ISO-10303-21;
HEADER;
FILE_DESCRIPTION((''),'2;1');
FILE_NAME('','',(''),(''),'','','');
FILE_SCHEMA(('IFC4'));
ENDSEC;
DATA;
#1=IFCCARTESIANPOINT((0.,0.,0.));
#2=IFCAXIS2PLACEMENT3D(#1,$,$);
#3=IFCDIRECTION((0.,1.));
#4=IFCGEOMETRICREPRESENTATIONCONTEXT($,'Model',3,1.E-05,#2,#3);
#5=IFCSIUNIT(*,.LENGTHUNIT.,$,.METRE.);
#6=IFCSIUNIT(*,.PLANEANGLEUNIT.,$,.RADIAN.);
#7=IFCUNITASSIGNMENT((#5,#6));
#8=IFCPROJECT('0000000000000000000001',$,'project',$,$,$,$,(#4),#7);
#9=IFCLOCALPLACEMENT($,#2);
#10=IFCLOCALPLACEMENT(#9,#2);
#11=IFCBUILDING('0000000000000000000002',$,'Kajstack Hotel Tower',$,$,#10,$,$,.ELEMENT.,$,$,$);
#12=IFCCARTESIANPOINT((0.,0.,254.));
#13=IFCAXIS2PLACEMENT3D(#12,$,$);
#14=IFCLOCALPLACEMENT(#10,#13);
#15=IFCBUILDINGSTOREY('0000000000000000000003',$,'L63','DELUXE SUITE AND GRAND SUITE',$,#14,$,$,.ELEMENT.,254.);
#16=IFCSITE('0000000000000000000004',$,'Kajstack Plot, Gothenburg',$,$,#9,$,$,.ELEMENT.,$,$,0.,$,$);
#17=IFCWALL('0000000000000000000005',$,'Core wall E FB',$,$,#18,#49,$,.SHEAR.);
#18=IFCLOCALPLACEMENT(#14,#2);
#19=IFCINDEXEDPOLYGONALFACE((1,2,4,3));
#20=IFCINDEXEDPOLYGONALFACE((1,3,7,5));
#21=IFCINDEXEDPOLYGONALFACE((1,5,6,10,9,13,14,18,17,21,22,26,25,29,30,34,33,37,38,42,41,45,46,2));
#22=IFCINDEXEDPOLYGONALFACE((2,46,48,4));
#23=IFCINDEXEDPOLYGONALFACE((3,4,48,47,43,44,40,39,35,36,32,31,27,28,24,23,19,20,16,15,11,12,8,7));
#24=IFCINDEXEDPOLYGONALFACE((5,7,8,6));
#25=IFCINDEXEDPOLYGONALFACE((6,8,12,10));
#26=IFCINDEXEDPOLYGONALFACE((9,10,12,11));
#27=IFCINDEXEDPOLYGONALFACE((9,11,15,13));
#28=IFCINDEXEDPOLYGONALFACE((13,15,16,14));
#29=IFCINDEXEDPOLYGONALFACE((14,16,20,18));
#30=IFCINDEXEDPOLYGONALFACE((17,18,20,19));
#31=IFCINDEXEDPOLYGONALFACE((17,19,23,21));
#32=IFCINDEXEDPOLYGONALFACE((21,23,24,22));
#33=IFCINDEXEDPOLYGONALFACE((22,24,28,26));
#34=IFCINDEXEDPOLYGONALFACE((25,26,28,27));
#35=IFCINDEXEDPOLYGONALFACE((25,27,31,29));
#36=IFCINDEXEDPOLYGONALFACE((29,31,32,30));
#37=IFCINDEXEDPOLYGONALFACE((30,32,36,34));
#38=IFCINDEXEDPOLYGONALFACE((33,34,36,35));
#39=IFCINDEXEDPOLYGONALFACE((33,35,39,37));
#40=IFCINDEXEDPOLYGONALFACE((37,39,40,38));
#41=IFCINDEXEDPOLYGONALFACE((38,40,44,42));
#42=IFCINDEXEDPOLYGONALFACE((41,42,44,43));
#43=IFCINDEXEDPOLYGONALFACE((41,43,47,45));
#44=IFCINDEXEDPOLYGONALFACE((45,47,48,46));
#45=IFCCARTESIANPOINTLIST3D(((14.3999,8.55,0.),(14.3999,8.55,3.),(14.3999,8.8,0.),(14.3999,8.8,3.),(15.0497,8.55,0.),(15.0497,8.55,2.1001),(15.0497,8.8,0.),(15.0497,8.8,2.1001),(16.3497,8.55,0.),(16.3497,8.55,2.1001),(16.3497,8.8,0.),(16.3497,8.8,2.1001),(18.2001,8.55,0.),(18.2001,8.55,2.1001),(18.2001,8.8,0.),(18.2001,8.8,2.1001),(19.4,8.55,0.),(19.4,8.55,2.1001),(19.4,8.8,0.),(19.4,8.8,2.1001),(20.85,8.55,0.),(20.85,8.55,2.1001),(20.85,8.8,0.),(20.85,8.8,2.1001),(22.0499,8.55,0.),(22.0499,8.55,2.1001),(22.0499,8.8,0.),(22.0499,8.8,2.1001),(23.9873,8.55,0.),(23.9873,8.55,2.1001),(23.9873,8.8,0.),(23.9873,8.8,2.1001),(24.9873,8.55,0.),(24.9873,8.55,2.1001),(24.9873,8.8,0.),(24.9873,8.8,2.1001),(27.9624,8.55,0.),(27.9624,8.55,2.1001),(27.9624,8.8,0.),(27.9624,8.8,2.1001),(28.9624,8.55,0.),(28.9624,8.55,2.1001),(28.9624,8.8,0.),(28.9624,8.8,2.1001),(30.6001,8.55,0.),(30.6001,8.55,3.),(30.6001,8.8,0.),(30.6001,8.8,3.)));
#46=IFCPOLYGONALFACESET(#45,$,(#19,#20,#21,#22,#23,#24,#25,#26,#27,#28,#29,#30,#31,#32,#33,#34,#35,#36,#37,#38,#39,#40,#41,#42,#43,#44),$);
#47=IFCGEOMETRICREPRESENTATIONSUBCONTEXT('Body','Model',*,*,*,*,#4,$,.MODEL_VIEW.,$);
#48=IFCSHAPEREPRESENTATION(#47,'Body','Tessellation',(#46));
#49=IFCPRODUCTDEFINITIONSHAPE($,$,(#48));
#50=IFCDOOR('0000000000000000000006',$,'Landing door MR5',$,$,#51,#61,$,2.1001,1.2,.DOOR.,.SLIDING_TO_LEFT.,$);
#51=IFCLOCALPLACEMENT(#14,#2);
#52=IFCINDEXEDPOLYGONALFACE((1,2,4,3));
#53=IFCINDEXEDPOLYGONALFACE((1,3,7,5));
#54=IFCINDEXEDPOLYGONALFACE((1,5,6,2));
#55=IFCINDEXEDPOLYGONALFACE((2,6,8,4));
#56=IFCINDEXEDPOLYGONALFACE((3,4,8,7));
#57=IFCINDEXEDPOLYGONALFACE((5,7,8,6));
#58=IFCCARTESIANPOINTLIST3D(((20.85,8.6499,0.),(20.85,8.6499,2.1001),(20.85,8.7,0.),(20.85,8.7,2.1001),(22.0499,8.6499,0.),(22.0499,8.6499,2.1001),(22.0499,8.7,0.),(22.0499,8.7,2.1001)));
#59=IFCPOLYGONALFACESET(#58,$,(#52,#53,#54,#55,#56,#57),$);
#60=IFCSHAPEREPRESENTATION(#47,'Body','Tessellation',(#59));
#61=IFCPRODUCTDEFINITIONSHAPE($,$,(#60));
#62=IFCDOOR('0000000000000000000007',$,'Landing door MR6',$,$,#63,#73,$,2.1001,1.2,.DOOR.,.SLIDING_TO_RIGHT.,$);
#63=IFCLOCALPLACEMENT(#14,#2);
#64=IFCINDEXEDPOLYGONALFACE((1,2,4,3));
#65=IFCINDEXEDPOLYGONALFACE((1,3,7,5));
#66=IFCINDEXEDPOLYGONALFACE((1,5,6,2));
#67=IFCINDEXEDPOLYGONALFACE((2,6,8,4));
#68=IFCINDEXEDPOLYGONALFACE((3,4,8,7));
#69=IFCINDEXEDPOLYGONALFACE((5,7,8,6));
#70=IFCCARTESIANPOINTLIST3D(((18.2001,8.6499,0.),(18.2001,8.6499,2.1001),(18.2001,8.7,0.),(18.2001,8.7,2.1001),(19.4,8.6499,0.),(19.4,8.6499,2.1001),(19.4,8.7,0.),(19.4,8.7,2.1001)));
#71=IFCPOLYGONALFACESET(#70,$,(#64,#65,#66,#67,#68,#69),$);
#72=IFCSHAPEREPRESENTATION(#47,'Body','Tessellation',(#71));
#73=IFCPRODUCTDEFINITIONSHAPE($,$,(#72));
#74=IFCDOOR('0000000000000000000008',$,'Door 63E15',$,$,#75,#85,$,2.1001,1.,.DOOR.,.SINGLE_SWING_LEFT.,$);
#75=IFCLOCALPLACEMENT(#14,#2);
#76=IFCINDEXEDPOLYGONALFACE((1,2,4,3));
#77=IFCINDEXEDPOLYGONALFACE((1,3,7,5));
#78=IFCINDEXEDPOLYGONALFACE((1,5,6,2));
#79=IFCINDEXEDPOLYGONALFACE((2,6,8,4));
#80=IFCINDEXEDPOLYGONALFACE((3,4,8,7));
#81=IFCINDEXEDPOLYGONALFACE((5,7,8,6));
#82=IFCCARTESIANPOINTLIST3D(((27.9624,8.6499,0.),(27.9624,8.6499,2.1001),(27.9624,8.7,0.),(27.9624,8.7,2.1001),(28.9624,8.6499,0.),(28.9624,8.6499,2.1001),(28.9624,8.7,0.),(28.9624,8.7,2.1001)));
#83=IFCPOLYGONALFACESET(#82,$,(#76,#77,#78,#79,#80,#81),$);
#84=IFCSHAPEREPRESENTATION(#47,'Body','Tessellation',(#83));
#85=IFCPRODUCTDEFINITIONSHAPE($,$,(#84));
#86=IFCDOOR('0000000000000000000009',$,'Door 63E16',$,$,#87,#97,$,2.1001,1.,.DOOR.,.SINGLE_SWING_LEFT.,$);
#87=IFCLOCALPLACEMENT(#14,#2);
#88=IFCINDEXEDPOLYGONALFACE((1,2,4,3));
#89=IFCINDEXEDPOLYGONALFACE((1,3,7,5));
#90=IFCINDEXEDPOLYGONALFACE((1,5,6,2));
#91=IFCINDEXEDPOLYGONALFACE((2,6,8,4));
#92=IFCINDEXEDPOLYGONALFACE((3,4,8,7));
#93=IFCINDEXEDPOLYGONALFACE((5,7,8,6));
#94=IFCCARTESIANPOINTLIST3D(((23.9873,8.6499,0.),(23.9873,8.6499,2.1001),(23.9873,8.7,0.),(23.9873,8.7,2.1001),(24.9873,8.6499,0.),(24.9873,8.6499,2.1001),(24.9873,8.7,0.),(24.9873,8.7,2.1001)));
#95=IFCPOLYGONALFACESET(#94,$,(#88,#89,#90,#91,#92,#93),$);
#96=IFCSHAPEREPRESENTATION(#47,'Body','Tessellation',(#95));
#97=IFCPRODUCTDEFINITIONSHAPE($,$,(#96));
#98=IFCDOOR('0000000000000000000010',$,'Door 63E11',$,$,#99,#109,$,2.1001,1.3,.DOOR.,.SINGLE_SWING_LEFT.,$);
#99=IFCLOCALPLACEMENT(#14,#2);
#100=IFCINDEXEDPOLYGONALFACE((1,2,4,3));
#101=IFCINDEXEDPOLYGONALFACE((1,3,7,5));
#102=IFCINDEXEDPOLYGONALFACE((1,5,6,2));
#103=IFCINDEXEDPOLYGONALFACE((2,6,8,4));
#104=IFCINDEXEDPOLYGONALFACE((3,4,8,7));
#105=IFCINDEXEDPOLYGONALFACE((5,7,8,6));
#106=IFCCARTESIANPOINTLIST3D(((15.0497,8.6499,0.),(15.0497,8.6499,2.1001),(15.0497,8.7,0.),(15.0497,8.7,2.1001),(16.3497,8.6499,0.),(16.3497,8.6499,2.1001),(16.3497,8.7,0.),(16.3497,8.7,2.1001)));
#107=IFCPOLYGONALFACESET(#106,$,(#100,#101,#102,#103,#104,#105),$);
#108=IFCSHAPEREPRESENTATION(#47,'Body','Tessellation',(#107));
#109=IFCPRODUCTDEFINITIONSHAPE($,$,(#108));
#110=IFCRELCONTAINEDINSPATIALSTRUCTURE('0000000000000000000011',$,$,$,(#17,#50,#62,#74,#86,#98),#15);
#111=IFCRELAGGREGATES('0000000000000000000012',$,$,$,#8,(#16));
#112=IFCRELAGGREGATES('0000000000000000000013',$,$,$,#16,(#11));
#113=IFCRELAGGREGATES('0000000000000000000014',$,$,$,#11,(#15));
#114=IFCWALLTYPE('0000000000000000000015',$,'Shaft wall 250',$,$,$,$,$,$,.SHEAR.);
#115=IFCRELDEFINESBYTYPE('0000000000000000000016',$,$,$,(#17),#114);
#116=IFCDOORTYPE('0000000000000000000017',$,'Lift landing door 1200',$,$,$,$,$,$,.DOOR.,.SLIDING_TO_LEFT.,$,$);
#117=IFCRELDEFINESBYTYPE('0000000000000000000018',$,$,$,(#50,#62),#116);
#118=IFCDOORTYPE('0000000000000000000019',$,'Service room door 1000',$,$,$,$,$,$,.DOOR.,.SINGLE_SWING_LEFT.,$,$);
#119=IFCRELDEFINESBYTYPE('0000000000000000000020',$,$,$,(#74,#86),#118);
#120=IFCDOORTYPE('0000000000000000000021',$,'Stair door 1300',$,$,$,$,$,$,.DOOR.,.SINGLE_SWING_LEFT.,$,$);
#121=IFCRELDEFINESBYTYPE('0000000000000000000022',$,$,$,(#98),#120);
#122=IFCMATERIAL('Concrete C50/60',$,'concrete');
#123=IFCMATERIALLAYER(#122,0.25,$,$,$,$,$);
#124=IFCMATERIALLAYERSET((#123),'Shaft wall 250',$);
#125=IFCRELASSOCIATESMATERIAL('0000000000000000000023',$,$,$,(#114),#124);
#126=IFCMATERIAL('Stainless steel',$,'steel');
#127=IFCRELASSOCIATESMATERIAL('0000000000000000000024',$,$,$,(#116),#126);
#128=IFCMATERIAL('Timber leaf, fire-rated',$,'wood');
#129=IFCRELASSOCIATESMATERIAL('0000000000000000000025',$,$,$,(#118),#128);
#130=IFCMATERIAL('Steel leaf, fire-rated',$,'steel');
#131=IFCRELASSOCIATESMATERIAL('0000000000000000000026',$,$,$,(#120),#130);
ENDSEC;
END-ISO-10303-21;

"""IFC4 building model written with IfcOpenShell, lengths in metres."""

from ifc_helpers import new_model, si_unit, direction, frame, frame_2d, origin, place, context, subcontext, project, spatial, rectangle, extrude, material, layer, layer_set, type_object, element, fill, save


model = new_model("IFC4")

# Units and contexts
model_context = context("Model", 3, precision=1e-05, world=origin(), true_north=direction((0.0, 1.0)))
body_context = subcontext(model_context, "Body", "Model", "MODEL_VIEW")
ifc_project = project(units=[si_unit("LENGTHUNIT", "METRE"), si_unit("PLANEANGLEUNIT", "RADIAN")], contexts=[model_context])

# Site, building, storey
site_placement = place(None, origin())
site = spatial("IfcSite", under=ifc_project, at=site_placement, Name="Kajstack Plot, Gothenburg", CompositionType="ELEMENT", RefElevation=0.0)
building_placement = place(site_placement, origin())
building = spatial("IfcBuilding", under=site, at=building_placement, Name="Kajstack Hotel Tower", CompositionType="ELEMENT")
storey_placement = place(building_placement, frame((0.0, 0.0, 254.0)))
storey = spatial("IfcBuildingStorey", under=building, at=storey_placement, Name="L63", Description="DELUXE SUITE AND GRAND SUITE", CompositionType="ELEMENT", Elevation=254.0)

# Wall, openings, doors
ifc_material_1 = material(Name="Concrete C50/60", Category="concrete")
ifc_layer_1 = layer(ifc_material_1, 0.25)
ifc_layer_set_1 = layer_set([ifc_layer_1], Name="Shaft wall 250")
wall_type_1 = type_object("IfcWallType", Name="Shaft wall 250", PredefinedType="SHEAR", material=ifc_layer_set_1)
wall_1_placement = place(storey_placement, frame((14.3999, 8.675, 0.0), z_axis=(0.0, 0.0, 1.0), x_axis=(1.0, 0.0, 0.0)))
wall_1 = element("IfcWall", 1, at=wall_1_placement, inside=storey, type_object=wall_type_1, Name="Core wall E FB", PredefinedType="SHEAR", context=body_context, shape_type="SweptSolid", body=[
    extrude(rectangle(XDim=16.2002, YDim=0.25, at=frame_2d((8.1001, 0.0))), origin(), (0.0, 0.0, 1.0), 3.0),
])
opening_1_placement = place(wall_1_placement, frame((6.45, 0.0, 0.0)))
opening_1 = element("IfcOpeningElement", 2, at=opening_1_placement, cuts=wall_1, PredefinedType="OPENING", context=body_context, shape_type="SweptSolid", body=[
    extrude(rectangle(XDim=1.2, YDim=2.1001, at=frame_2d((0.6001, 1.05))), frame((0.0, 0.135, 0.0), z_axis=(0.0, -1.0, 0.0), x_axis=(1.0, 0.0, 0.0)), (0.0, 0.0, 1.0), 0.27),
])
opening_2_placement = place(wall_1_placement, frame((3.8, 0.0, 0.0)))
opening_2 = element("IfcOpeningElement", 3, at=opening_2_placement, cuts=wall_1, PredefinedType="OPENING", context=body_context, shape_type="SweptSolid", body=[
    extrude(rectangle(XDim=1.2, YDim=2.1001, at=frame_2d((0.6001, 1.05))), frame((0.0, 0.135, 0.0), z_axis=(0.0, -1.0, 0.0), x_axis=(1.0, 0.0, 0.0)), (0.0, 0.0, 1.0), 0.27),
])
opening_3_placement = place(wall_1_placement, frame((0.6499, 0.0, 0.0)))
opening_3 = element("IfcOpeningElement", 4, at=opening_3_placement, cuts=wall_1, PredefinedType="OPENING", context=body_context, shape_type="SweptSolid", body=[
    extrude(rectangle(XDim=1.3, YDim=2.1001, at=frame_2d((0.6499, 1.05))), frame((0.0, 0.135, 0.0), z_axis=(0.0, -1.0, 0.0), x_axis=(1.0, 0.0, 0.0)), (0.0, 0.0, 1.0), 0.27),
])
opening_4_placement = place(wall_1_placement, frame((13.5625, 0.0, 0.0)))
opening_4 = element("IfcOpeningElement", 5, at=opening_4_placement, cuts=wall_1, PredefinedType="OPENING", context=body_context, shape_type="SweptSolid", body=[
    extrude(rectangle(XDim=1.0, YDim=2.1001, at=frame_2d((0.5, 1.05))), frame((0.0, 0.135, 0.0), z_axis=(0.0, -1.0, 0.0), x_axis=(1.0, 0.0, 0.0)), (0.0, 0.0, 1.0), 0.27),
])
opening_5_placement = place(wall_1_placement, frame((9.5874, 0.0, 0.0)))
opening_5 = element("IfcOpeningElement", 6, at=opening_5_placement, cuts=wall_1, PredefinedType="OPENING", context=body_context, shape_type="SweptSolid", body=[
    extrude(rectangle(XDim=1.0, YDim=2.1001, at=frame_2d((0.5, 1.05))), frame((0.0, 0.135, 0.0), z_axis=(0.0, -1.0, 0.0), x_axis=(1.0, 0.0, 0.0)), (0.0, 0.0, 1.0), 0.27),
])
ifc_material_2 = material(Name="Stainless steel", Category="steel")
door_type_1 = type_object("IfcDoorType", Name="Lift landing door 1200", OperationType="SLIDING_TO_LEFT", PredefinedType="DOOR", material=ifc_material_2)
door_1_placement = place(opening_1_placement, origin())
door_1 = element("IfcDoor", 7, at=door_1_placement, inside=storey, type_object=door_type_1, Name="Landing door MR5", OperationType="SLIDING_TO_LEFT", OverallHeight=2.1001, OverallWidth=1.2, PredefinedType="DOOR", context=body_context, shape_type="SweptSolid", body=[
    extrude(rectangle(XDim=1.2, YDim=2.1001, at=frame_2d((0.6001, 1.05))), frame((0.0, 0.0249, 0.0), z_axis=(0.0, -1.0, 0.0), x_axis=(1.0, 0.0, 0.0)), (0.0, 0.0, 1.0), 0.05),
])
fill(opening_1, door_1)
door_2_placement = place(opening_2_placement, origin())
door_2 = element("IfcDoor", 8, at=door_2_placement, inside=storey, type_object=door_type_1, Name="Landing door MR6", OperationType="SLIDING_TO_RIGHT", OverallHeight=2.1001, OverallWidth=1.2, PredefinedType="DOOR", context=body_context, shape_type="SweptSolid", body=[
    extrude(rectangle(XDim=1.2, YDim=2.1001, at=frame_2d((0.6001, 1.05))), frame((0.0, 0.0249, 0.0), z_axis=(0.0, -1.0, 0.0), x_axis=(1.0, 0.0, 0.0)), (0.0, 0.0, 1.0), 0.05),
])
fill(opening_2, door_2)
ifc_material_3 = material(Name="Timber leaf, fire-rated", Category="wood")
door_type_2 = type_object("IfcDoorType", Name="Service room door 1000", OperationType="SINGLE_SWING_LEFT", PredefinedType="DOOR", material=ifc_material_3)
door_3_placement = place(opening_4_placement, origin())
door_3 = element("IfcDoor", 9, at=door_3_placement, inside=storey, type_object=door_type_2, Name="Door 63E15", OperationType="SINGLE_SWING_LEFT", OverallHeight=2.1001, OverallWidth=1.0, PredefinedType="DOOR", context=body_context, shape_type="SweptSolid", body=[
    extrude(rectangle(XDim=1.0, YDim=2.1001, at=frame_2d((0.5, 1.05))), frame((0.0, 0.0249, 0.0), z_axis=(0.0, -1.0, 0.0), x_axis=(1.0, 0.0, 0.0)), (0.0, 0.0, 1.0), 0.05),
])
fill(opening_4, door_3)
door_4_placement = place(opening_5_placement, origin())
door_4 = element("IfcDoor", 10, at=door_4_placement, inside=storey, type_object=door_type_2, Name="Door 63E16", OperationType="SINGLE_SWING_LEFT", OverallHeight=2.1001, OverallWidth=1.0, PredefinedType="DOOR", context=body_context, shape_type="SweptSolid", body=[
    extrude(rectangle(XDim=1.0, YDim=2.1001, at=frame_2d((0.5, 1.05))), frame((0.0, 0.0249, 0.0), z_axis=(0.0, -1.0, 0.0), x_axis=(1.0, 0.0, 0.0)), (0.0, 0.0, 1.0), 0.05),
])
fill(opening_5, door_4)
ifc_material_4 = material(Name="Steel leaf, fire-rated", Category="steel")
door_type_3 = type_object("IfcDoorType", Name="Stair door 1300", OperationType="SINGLE_SWING_LEFT", PredefinedType="DOOR", material=ifc_material_4)
door_5_placement = place(opening_3_placement, origin())
door_5 = element("IfcDoor", 11, at=door_5_placement, inside=storey, type_object=door_type_3, Name="Door 63E11", OperationType="SINGLE_SWING_LEFT", OverallHeight=2.1001, OverallWidth=1.3, PredefinedType="DOOR", context=body_context, shape_type="SweptSolid", body=[
    extrude(rectangle(XDim=1.3, YDim=2.1001, at=frame_2d((0.6499, 1.05))), frame((0.0, 0.0249, 0.0), z_axis=(0.0, -1.0, 0.0), x_axis=(1.0, 0.0, 0.0)), (0.0, 0.0, 1.0), 0.05),
])
fill(opening_3, door_5)

save(model, "model.ifc")
